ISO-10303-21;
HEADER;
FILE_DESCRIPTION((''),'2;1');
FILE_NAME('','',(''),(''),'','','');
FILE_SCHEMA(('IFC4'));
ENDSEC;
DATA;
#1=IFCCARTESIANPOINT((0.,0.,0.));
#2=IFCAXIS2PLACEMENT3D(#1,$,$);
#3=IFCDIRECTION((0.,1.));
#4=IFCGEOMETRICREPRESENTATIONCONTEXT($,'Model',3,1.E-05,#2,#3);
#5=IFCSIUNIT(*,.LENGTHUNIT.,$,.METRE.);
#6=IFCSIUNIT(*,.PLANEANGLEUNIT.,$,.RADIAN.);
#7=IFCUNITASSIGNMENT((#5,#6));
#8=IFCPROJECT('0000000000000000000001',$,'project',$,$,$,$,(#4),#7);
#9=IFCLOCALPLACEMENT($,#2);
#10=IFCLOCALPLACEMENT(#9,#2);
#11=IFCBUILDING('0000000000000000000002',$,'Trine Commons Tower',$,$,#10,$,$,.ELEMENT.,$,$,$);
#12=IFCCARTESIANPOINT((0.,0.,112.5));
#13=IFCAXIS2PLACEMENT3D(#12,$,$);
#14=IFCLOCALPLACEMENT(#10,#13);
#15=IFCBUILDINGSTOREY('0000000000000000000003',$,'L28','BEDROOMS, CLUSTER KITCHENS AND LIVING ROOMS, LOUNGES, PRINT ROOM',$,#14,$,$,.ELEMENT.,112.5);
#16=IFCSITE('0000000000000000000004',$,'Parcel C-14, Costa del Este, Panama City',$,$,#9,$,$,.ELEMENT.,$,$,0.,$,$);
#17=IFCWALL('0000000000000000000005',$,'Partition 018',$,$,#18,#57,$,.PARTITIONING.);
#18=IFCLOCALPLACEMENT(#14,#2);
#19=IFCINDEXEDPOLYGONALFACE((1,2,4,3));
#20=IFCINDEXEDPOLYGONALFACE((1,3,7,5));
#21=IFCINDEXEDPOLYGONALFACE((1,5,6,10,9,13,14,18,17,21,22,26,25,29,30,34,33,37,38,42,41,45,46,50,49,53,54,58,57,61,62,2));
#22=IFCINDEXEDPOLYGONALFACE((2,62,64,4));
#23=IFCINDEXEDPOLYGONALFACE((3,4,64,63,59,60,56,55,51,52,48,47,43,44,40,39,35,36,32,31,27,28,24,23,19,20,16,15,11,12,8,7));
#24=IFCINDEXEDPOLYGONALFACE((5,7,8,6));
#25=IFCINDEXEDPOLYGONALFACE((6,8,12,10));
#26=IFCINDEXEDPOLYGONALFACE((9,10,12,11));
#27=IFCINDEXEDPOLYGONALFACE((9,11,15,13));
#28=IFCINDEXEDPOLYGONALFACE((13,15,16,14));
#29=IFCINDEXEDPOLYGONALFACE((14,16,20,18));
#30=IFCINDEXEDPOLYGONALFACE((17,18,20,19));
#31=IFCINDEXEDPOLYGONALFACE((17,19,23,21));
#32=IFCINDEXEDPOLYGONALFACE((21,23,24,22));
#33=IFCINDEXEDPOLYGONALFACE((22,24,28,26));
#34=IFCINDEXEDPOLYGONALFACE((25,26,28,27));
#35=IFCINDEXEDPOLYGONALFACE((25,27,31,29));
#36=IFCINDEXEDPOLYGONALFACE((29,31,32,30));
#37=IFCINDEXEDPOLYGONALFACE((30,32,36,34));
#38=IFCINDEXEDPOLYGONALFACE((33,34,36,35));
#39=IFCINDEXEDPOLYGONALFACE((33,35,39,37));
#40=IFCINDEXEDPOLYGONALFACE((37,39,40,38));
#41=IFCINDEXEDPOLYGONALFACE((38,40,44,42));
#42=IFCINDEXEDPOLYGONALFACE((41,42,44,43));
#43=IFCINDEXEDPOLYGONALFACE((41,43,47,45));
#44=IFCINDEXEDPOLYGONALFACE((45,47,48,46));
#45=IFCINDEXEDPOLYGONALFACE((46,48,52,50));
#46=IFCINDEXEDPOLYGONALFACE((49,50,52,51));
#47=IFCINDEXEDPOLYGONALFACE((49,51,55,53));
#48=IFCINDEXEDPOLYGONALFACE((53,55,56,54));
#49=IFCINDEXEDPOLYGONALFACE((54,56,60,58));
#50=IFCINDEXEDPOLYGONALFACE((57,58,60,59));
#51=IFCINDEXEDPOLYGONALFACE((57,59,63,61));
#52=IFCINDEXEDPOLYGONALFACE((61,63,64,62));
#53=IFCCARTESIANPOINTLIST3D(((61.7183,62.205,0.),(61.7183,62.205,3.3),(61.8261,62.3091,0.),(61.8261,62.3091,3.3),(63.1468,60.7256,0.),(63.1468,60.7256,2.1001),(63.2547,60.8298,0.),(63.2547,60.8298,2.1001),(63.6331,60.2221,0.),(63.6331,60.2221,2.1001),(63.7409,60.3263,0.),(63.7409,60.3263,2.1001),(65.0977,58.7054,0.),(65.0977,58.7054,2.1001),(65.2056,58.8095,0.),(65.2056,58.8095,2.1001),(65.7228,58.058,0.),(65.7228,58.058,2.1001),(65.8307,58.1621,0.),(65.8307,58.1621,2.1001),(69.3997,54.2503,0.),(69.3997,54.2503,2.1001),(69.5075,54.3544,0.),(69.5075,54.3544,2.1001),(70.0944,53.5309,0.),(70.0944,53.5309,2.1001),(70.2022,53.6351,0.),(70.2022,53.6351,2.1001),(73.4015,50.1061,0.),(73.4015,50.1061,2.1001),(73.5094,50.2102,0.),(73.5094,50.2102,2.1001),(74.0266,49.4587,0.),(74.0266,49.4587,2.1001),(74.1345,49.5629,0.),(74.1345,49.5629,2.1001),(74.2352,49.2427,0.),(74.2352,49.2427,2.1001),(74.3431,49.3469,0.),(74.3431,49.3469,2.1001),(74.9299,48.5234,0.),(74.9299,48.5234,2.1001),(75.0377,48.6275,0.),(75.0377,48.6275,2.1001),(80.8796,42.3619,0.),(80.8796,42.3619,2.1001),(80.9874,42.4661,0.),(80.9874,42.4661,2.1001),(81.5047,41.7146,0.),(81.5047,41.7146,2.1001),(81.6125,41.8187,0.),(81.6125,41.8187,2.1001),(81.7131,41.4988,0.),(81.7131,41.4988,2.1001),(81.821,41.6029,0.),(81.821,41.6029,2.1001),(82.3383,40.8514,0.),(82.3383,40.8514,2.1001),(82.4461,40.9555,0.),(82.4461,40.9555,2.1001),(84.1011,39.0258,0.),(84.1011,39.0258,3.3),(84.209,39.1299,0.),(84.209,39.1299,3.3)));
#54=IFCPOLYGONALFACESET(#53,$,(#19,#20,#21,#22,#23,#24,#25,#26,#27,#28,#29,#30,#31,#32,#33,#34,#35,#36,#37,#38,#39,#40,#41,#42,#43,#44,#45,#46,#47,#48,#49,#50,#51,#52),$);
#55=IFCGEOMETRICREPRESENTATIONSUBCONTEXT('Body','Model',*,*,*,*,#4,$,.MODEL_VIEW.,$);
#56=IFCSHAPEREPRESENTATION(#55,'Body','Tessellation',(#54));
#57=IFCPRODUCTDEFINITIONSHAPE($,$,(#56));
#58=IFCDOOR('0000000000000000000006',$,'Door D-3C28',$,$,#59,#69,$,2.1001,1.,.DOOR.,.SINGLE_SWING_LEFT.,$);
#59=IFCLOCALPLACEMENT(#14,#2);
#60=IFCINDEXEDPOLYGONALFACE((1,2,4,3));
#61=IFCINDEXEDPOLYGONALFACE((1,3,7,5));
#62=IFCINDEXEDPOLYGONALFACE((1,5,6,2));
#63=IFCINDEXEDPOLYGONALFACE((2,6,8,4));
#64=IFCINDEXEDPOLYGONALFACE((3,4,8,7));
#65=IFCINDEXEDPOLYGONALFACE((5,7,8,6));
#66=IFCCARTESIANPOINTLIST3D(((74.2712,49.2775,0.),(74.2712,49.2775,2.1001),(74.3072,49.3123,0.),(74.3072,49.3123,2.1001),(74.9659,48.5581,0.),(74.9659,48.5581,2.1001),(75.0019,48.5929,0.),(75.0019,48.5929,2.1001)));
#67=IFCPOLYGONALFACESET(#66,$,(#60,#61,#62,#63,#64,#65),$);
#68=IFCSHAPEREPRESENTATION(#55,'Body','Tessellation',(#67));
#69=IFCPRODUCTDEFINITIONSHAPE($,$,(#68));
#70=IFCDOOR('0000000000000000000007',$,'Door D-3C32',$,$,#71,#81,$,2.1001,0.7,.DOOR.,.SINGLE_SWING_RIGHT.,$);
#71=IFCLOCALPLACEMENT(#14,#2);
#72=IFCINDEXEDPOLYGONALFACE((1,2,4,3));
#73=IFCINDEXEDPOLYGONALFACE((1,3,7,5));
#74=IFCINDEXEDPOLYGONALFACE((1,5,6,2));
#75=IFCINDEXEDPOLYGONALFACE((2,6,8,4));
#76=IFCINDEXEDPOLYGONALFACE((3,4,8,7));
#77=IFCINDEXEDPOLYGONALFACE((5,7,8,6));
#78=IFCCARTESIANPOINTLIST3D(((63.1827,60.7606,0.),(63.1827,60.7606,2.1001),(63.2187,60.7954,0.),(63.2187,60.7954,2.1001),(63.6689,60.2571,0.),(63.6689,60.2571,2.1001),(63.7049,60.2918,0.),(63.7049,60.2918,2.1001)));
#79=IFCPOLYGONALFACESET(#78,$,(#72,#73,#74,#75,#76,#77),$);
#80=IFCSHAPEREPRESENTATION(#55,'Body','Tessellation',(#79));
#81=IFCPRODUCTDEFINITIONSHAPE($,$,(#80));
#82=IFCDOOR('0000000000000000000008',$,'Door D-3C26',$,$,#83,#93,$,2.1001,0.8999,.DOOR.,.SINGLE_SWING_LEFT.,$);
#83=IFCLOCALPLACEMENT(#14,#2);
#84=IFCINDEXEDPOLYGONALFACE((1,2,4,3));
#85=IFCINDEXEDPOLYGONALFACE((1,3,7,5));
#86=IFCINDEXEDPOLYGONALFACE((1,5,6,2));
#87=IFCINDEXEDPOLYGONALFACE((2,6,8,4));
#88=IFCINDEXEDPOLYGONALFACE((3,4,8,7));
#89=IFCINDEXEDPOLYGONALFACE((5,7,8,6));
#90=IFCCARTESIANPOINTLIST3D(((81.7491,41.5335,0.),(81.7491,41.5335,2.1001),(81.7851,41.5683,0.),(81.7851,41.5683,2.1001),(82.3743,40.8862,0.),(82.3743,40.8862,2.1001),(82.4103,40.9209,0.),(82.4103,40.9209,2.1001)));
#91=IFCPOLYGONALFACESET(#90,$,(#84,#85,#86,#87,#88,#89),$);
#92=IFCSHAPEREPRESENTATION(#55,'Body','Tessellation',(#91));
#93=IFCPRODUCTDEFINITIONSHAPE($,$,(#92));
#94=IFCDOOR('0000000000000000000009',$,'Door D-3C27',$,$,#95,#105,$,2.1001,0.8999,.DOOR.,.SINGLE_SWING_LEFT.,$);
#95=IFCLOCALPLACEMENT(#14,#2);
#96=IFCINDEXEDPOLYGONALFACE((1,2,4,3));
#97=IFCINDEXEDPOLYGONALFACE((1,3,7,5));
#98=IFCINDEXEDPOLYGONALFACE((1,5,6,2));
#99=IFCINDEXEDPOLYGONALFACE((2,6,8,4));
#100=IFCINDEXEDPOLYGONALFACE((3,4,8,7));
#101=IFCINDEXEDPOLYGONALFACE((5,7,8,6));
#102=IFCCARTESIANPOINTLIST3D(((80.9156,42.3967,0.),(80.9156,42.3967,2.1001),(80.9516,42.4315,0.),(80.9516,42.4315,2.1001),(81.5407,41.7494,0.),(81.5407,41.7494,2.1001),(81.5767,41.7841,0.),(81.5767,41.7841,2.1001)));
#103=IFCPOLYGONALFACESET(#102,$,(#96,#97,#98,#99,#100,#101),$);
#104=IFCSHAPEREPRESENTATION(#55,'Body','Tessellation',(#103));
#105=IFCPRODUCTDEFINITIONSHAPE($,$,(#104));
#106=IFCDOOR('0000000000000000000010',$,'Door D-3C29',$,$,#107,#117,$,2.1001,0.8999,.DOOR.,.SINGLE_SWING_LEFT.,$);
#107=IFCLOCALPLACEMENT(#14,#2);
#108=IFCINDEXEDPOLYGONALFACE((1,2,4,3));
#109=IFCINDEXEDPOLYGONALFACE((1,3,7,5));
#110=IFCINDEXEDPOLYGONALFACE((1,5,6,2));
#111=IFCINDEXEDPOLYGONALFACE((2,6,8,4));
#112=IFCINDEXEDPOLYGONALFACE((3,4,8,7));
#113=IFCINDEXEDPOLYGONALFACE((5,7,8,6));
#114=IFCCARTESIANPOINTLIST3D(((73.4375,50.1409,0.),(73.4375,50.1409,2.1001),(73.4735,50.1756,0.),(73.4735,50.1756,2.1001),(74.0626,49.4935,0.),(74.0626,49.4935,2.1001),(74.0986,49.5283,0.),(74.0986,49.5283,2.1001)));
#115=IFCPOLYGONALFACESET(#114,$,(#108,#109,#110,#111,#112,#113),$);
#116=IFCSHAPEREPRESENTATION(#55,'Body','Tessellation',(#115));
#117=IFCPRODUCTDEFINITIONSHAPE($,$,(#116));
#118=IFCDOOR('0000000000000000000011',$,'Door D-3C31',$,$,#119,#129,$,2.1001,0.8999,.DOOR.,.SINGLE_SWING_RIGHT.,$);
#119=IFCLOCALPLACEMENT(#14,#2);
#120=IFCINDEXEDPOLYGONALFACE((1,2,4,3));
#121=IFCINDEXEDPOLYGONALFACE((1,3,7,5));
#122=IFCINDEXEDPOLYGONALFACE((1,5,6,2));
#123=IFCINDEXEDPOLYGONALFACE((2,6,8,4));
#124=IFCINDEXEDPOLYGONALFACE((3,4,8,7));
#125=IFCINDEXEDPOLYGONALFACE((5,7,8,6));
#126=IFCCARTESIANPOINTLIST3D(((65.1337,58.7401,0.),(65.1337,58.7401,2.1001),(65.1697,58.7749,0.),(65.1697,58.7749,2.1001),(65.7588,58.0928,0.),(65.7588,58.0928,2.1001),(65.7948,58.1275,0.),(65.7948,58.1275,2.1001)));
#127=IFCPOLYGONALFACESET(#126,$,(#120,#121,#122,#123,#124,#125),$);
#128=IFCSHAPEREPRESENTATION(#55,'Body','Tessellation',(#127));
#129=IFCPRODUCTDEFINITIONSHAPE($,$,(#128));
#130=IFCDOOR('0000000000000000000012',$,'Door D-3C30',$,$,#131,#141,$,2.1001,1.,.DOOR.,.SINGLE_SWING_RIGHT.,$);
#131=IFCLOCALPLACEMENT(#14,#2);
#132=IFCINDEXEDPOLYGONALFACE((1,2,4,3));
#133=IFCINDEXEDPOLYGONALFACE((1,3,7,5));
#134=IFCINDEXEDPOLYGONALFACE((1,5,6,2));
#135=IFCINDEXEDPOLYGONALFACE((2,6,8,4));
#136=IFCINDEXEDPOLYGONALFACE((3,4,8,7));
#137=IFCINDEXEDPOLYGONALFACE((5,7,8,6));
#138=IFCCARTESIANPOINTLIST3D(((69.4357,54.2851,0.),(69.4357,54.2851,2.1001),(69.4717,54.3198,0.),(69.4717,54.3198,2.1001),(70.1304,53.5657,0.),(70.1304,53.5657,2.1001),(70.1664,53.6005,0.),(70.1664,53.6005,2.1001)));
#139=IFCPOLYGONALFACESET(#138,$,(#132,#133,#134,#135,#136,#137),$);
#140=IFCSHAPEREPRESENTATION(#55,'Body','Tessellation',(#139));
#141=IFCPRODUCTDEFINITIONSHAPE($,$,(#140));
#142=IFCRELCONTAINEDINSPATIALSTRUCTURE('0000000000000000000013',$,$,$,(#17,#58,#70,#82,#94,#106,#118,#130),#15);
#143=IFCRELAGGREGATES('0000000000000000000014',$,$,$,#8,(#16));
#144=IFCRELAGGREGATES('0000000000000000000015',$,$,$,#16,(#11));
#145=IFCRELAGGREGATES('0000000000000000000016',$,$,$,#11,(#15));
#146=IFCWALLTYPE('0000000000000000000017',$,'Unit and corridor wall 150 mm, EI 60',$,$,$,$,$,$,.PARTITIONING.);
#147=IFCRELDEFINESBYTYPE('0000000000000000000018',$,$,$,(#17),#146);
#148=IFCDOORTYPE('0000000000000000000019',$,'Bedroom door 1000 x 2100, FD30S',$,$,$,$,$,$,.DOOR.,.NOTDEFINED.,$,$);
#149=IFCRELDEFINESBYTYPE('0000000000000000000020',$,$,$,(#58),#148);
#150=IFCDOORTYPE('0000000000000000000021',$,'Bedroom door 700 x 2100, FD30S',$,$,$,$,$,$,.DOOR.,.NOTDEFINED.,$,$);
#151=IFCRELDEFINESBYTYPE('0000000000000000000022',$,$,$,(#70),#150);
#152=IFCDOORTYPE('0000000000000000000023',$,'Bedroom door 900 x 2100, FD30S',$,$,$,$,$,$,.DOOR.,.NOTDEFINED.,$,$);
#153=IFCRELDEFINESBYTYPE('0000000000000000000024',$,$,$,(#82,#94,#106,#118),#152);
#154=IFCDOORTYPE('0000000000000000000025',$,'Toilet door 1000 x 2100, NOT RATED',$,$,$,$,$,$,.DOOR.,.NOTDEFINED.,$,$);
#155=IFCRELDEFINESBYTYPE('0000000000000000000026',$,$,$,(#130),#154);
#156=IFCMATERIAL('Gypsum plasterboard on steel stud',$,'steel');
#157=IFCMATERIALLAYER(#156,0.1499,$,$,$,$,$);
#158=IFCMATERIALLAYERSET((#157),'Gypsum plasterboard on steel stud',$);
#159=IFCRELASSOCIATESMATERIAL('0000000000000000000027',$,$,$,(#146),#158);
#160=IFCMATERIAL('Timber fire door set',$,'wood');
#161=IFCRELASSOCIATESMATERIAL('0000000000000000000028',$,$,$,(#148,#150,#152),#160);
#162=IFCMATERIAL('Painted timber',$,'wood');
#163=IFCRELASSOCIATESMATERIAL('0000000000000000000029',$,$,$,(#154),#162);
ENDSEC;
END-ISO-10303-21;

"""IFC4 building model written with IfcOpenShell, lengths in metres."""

from ifc_helpers import new_model, si_unit, direction, frame, frame_2d, origin, place, context, subcontext, project, spatial, rectangle, extrude, material, layer, layer_set, type_object, element, fill, save


model = new_model("IFC4")

# Units and contexts
model_context = context("Model", 3, precision=1e-05, world=origin(), true_north=direction((0.0, 1.0)))
body_context = subcontext(model_context, "Body", "Model", "MODEL_VIEW")
ifc_project = project(units=[si_unit("LENGTHUNIT", "METRE"), si_unit("PLANEANGLEUNIT", "RADIAN")], contexts=[model_context])

# Site, building, storey
site_placement = place(None, origin())
site = spatial("IfcSite", under=ifc_project, at=site_placement, Name="Parcel C-14, Costa del Este, Panama City", CompositionType="ELEMENT", RefElevation=0.0)
building_placement = place(site_placement, origin())
building = spatial("IfcBuilding", under=site, at=building_placement, Name="Trine Commons Tower", CompositionType="ELEMENT")
storey_placement = place(building_placement, frame((0.0, 0.0, 112.5)))
storey = spatial("IfcBuildingStorey", under=building, at=storey_placement, Name="L28", Description="BEDROOMS, CLUSTER KITCHENS AND LIVING ROOMS, LOUNGES, PRINT ROOM", CompositionType="ELEMENT", Elevation=112.5)

# Shared definitions
ifc_material_1 = material(Name="Gypsum plasterboard on steel stud", Category="steel")
ifc_layer = layer(ifc_material_1, 0.1499)
ifc_layer_set = layer_set([ifc_layer], Name="Gypsum plasterboard on steel stud")
wall_type = type_object("IfcWallType", Name="Unit and corridor wall 150 mm, EI 60", PredefinedType="PARTITIONING", material=ifc_layer_set)

# Wall, openings, doors
ifc_material_2 = material(Name="Timber fire door set", Category="wood")
ifc_material_3 = material(Name="Painted timber", Category="wood")
wall_1_placement = place(storey_placement, frame((61.7722, 62.2571, 0.0), z_axis=(0.0, 0.0, 1.0), x_axis=(0.694641, -0.719357, 0.0)))
wall_1 = element("IfcWall", 1, at=wall_1_placement, inside=storey, type_object=wall_type, Name="Partition 018", PredefinedType="PARTITIONING", context=body_context, shape_type="SweptSolid", body=[
    extrude(rectangle(XDim=32.2222, YDim=0.1499, at=frame_2d((16.1111, 0.0))), origin(), (0.0, 0.0, 1.0), 3.3),
])
opening_1_placement = place(wall_1_placement, frame((28.7844, 0.0, 0.0)))
opening_1 = element("IfcOpeningElement", 2, at=opening_1_placement, cuts=wall_1, PredefinedType="OPENING", context=body_context, shape_type="SweptSolid", body=[
    extrude(rectangle(XDim=0.8999, YDim=2.1001, at=frame_2d((0.45, 1.05))), frame((0.0, 0.085, 0.0), z_axis=(0.0, -1.0, 0.0), x_axis=(1.0, 0.0, 0.0)), (0.0, 0.0, 1.0), 0.1699),
])
opening_2_placement = place(wall_1_placement, frame((27.5845, 0.0, 0.0)))
opening_2 = element("IfcOpeningElement", 3, at=opening_2_placement, cuts=wall_1, PredefinedType="OPENING", context=body_context, shape_type="SweptSolid", body=[
    extrude(rectangle(XDim=0.8999, YDim=2.1001, at=frame_2d((0.45, 1.05))), frame((0.0, 0.085, 0.0), z_axis=(0.0, -1.0, 0.0), x_axis=(1.0, 0.0, 0.0)), (0.0, 0.0, 1.0), 0.1699),
])
opening_3_placement = place(wall_1_placement, frame((18.0193, 0.0, 0.0)))
opening_3 = element("IfcOpeningElement", 4, at=opening_3_placement, cuts=wall_1, PredefinedType="OPENING", context=body_context, shape_type="SweptSolid", body=[
    extrude(rectangle(XDim=1.0, YDim=2.1001, at=frame_2d((0.5, 1.05))), frame((0.0, 0.085, 0.0), z_axis=(0.0, -1.0, 0.0), x_axis=(1.0, 0.0, 0.0)), (0.0, 0.0, 1.0), 0.1699),
])
opening_4_placement = place(wall_1_placement, frame((16.8191, 0.0, 0.0)))
opening_4 = element("IfcOpeningElement", 5, at=opening_4_placement, cuts=wall_1, PredefinedType="OPENING", context=body_context, shape_type="SweptSolid", body=[
    extrude(rectangle(XDim=0.8999, YDim=2.1001, at=frame_2d((0.45, 1.05))), frame((0.0, 0.085, 0.0), z_axis=(0.0, -1.0, 0.0), x_axis=(1.0, 0.0, 0.0)), (0.0, 0.0, 1.0), 0.1699),
])
opening_5_placement = place(wall_1_placement, frame((11.0581, 0.0, 0.0)))
opening_5 = element("IfcOpeningElement", 6, at=opening_5_placement, cuts=wall_1, PredefinedType="OPENING", context=body_context, shape_type="SweptSolid", body=[
    extrude(rectangle(XDim=1.0, YDim=2.1001, at=frame_2d((0.5, 1.05))), frame((0.0, 0.085, 0.0), z_axis=(0.0, -1.0, 0.0), x_axis=(1.0, 0.0, 0.0)), (0.0, 0.0, 1.0), 0.1699),
])
opening_6_placement = place(wall_1_placement, frame((4.865, 0.0, 0.0)))
opening_6 = element("IfcOpeningElement", 7, at=opening_6_placement, cuts=wall_1, PredefinedType="OPENING", context=body_context, shape_type="SweptSolid", body=[
    extrude(rectangle(XDim=0.8999, YDim=2.1001, at=frame_2d((0.45, 1.05))), frame((0.0, 0.085, 0.0), z_axis=(0.0, -1.0, 0.0), x_axis=(1.0, 0.0, 0.0)), (0.0, 0.0, 1.0), 0.1699),
])
opening_7_placement = place(wall_1_placement, frame((2.0564, 0.0, 0.0)))
opening_7 = element("IfcOpeningElement", 8, at=opening_7_placement, cuts=wall_1, PredefinedType="OPENING", context=body_context, shape_type="SweptSolid", body=[
    extrude(rectangle(XDim=0.7, YDim=2.1001, at=frame_2d((0.3501, 1.05))), frame((0.0, 0.085, 0.0), z_axis=(0.0, -1.0, 0.0), x_axis=(1.0, 0.0, 0.0)), (0.0, 0.0, 1.0), 0.1699),
])
door_type_1 = type_object("IfcDoorType", Name="Bedroom door 1000 x 2100, FD30S", OperationType="NOTDEFINED", PredefinedType="DOOR", material=ifc_material_2)
door_1_placement = place(opening_3_placement, frame((1.0, 0.0, 0.0), z_axis=(0.0, 0.0, 1.0), x_axis=(-1.0, 0.0, 0.0)))
door_1 = element("IfcDoor", 9, at=door_1_placement, inside=storey, type_object=door_type_1, Name="Door D-3C28", OperationType="SINGLE_SWING_LEFT", OverallHeight=2.1001, OverallWidth=1.0, PredefinedType="DOOR", context=body_context, shape_type="SweptSolid", body=[
    extrude(rectangle(XDim=1.0, YDim=2.1001, at=frame_2d((0.5, 1.05))), frame((0.0, 0.0249, 0.0), z_axis=(0.0, -1.0, 0.0), x_axis=(1.0, 0.0, 0.0)), (0.0, 0.0, 1.0), 0.05),
])
fill(opening_3, door_1)
door_type_2 = type_object("IfcDoorType", Name="Bedroom door 700 x 2100, FD30S", OperationType="NOTDEFINED", PredefinedType="DOOR", material=ifc_material_2)
door_2_placement = place(opening_7_placement, frame((0.7, 0.0, 0.0), z_axis=(0.0, 0.0, 1.0), x_axis=(-1.0, 0.0, 0.0)))
door_2 = element("IfcDoor", 10, at=door_2_placement, inside=storey, type_object=door_type_2, Name="Door D-3C32", OperationType="SINGLE_SWING_RIGHT", OverallHeight=2.1001, OverallWidth=0.7, PredefinedType="DOOR", context=body_context, shape_type="SweptSolid", body=[
    extrude(rectangle(XDim=0.7, YDim=2.1001, at=frame_2d((0.3501, 1.05))), frame((0.0, 0.0249, 0.0), z_axis=(0.0, -1.0, 0.0), x_axis=(1.0, 0.0, 0.0)), (0.0, 0.0, 1.0), 0.05),
])
fill(opening_7, door_2)
door_type_3 = type_object("IfcDoorType", Name="Bedroom door 900 x 2100, FD30S", OperationType="NOTDEFINED", PredefinedType="DOOR", material=ifc_material_2)
door_3_placement = place(opening_1_placement, frame((0.8999, 0.0, 0.0), z_axis=(0.0, 0.0, 1.0), x_axis=(-1.0, 0.0, 0.0)))
door_3 = element("IfcDoor", 11, at=door_3_placement, inside=storey, type_object=door_type_3, Name="Door D-3C26", OperationType="SINGLE_SWING_LEFT", OverallHeight=2.1001, OverallWidth=0.8999, PredefinedType="DOOR", context=body_context, shape_type="SweptSolid", body=[
    extrude(rectangle(XDim=0.8999, YDim=2.1001, at=frame_2d((0.45, 1.05))), frame((0.0, 0.0249, 0.0), z_axis=(0.0, -1.0, 0.0), x_axis=(1.0, 0.0, 0.0)), (0.0, 0.0, 1.0), 0.05),
])
fill(opening_1, door_3)
door_4_placement = place(opening_2_placement, frame((0.8999, 0.0, 0.0), z_axis=(0.0, 0.0, 1.0), x_axis=(-1.0, 0.0, 0.0)))
door_4 = element("IfcDoor", 12, at=door_4_placement, inside=storey, type_object=door_type_3, Name="Door D-3C27", OperationType="SINGLE_SWING_LEFT", OverallHeight=2.1001, OverallWidth=0.8999, PredefinedType="DOOR", context=body_context, shape_type="SweptSolid", body=[
    extrude(rectangle(XDim=0.8999, YDim=2.1001, at=frame_2d((0.45, 1.05))), frame((0.0, 0.0249, 0.0), z_axis=(0.0, -1.0, 0.0), x_axis=(1.0, 0.0, 0.0)), (0.0, 0.0, 1.0), 0.05),
])
fill(opening_2, door_4)
door_5_placement = place(opening_4_placement, frame((0.8999, 0.0, 0.0), z_axis=(0.0, 0.0, 1.0), x_axis=(-1.0, 0.0, 0.0)))
door_5 = element("IfcDoor", 13, at=door_5_placement, inside=storey, type_object=door_type_3, Name="Door D-3C29", OperationType="SINGLE_SWING_LEFT", OverallHeight=2.1001, OverallWidth=0.8999, PredefinedType="DOOR", context=body_context, shape_type="SweptSolid", body=[
    extrude(rectangle(XDim=0.8999, YDim=2.1001, at=frame_2d((0.45, 1.05))), frame((0.0, 0.0249, 0.0), z_axis=(0.0, -1.0, 0.0), x_axis=(1.0, 0.0, 0.0)), (0.0, 0.0, 1.0), 0.05),
])
fill(opening_4, door_5)
door_6_placement = place(opening_6_placement, frame((0.8999, 0.0, 0.0), z_axis=(0.0, 0.0, 1.0), x_axis=(-1.0, 0.0, 0.0)))
door_6 = element("IfcDoor", 14, at=door_6_placement, inside=storey, type_object=door_type_3, Name="Door D-3C31", OperationType="SINGLE_SWING_RIGHT", OverallHeight=2.1001, OverallWidth=0.8999, PredefinedType="DOOR", context=body_context, shape_type="SweptSolid", body=[
    extrude(rectangle(XDim=0.8999, YDim=2.1001, at=frame_2d((0.45, 1.05))), frame((0.0, 0.0249, 0.0), z_axis=(0.0, -1.0, 0.0), x_axis=(1.0, 0.0, 0.0)), (0.0, 0.0, 1.0), 0.05),
])
fill(opening_6, door_6)
door_type_4 = type_object("IfcDoorType", Name="Toilet door 1000 x 2100, NOT RATED", OperationType="NOTDEFINED", PredefinedType="DOOR", material=ifc_material_3)
door_7_placement = place(opening_5_placement, frame((1.0, 0.0, 0.0), z_axis=(0.0, 0.0, 1.0), x_axis=(-1.0, 0.0, 0.0)))
door_7 = element("IfcDoor", 15, at=door_7_placement, inside=storey, type_object=door_type_4, Name="Door D-3C30", OperationType="SINGLE_SWING_RIGHT", OverallHeight=2.1001, OverallWidth=1.0, PredefinedType="DOOR", context=body_context, shape_type="SweptSolid", body=[
    extrude(rectangle(XDim=1.0, YDim=2.1001, at=frame_2d((0.5, 1.05))), frame((0.0, 0.0249, 0.0), z_axis=(0.0, -1.0, 0.0), x_axis=(1.0, 0.0, 0.0)), (0.0, 0.0, 1.0), 0.05),
])
fill(opening_5, door_7)

save(model, "model.ifc")
